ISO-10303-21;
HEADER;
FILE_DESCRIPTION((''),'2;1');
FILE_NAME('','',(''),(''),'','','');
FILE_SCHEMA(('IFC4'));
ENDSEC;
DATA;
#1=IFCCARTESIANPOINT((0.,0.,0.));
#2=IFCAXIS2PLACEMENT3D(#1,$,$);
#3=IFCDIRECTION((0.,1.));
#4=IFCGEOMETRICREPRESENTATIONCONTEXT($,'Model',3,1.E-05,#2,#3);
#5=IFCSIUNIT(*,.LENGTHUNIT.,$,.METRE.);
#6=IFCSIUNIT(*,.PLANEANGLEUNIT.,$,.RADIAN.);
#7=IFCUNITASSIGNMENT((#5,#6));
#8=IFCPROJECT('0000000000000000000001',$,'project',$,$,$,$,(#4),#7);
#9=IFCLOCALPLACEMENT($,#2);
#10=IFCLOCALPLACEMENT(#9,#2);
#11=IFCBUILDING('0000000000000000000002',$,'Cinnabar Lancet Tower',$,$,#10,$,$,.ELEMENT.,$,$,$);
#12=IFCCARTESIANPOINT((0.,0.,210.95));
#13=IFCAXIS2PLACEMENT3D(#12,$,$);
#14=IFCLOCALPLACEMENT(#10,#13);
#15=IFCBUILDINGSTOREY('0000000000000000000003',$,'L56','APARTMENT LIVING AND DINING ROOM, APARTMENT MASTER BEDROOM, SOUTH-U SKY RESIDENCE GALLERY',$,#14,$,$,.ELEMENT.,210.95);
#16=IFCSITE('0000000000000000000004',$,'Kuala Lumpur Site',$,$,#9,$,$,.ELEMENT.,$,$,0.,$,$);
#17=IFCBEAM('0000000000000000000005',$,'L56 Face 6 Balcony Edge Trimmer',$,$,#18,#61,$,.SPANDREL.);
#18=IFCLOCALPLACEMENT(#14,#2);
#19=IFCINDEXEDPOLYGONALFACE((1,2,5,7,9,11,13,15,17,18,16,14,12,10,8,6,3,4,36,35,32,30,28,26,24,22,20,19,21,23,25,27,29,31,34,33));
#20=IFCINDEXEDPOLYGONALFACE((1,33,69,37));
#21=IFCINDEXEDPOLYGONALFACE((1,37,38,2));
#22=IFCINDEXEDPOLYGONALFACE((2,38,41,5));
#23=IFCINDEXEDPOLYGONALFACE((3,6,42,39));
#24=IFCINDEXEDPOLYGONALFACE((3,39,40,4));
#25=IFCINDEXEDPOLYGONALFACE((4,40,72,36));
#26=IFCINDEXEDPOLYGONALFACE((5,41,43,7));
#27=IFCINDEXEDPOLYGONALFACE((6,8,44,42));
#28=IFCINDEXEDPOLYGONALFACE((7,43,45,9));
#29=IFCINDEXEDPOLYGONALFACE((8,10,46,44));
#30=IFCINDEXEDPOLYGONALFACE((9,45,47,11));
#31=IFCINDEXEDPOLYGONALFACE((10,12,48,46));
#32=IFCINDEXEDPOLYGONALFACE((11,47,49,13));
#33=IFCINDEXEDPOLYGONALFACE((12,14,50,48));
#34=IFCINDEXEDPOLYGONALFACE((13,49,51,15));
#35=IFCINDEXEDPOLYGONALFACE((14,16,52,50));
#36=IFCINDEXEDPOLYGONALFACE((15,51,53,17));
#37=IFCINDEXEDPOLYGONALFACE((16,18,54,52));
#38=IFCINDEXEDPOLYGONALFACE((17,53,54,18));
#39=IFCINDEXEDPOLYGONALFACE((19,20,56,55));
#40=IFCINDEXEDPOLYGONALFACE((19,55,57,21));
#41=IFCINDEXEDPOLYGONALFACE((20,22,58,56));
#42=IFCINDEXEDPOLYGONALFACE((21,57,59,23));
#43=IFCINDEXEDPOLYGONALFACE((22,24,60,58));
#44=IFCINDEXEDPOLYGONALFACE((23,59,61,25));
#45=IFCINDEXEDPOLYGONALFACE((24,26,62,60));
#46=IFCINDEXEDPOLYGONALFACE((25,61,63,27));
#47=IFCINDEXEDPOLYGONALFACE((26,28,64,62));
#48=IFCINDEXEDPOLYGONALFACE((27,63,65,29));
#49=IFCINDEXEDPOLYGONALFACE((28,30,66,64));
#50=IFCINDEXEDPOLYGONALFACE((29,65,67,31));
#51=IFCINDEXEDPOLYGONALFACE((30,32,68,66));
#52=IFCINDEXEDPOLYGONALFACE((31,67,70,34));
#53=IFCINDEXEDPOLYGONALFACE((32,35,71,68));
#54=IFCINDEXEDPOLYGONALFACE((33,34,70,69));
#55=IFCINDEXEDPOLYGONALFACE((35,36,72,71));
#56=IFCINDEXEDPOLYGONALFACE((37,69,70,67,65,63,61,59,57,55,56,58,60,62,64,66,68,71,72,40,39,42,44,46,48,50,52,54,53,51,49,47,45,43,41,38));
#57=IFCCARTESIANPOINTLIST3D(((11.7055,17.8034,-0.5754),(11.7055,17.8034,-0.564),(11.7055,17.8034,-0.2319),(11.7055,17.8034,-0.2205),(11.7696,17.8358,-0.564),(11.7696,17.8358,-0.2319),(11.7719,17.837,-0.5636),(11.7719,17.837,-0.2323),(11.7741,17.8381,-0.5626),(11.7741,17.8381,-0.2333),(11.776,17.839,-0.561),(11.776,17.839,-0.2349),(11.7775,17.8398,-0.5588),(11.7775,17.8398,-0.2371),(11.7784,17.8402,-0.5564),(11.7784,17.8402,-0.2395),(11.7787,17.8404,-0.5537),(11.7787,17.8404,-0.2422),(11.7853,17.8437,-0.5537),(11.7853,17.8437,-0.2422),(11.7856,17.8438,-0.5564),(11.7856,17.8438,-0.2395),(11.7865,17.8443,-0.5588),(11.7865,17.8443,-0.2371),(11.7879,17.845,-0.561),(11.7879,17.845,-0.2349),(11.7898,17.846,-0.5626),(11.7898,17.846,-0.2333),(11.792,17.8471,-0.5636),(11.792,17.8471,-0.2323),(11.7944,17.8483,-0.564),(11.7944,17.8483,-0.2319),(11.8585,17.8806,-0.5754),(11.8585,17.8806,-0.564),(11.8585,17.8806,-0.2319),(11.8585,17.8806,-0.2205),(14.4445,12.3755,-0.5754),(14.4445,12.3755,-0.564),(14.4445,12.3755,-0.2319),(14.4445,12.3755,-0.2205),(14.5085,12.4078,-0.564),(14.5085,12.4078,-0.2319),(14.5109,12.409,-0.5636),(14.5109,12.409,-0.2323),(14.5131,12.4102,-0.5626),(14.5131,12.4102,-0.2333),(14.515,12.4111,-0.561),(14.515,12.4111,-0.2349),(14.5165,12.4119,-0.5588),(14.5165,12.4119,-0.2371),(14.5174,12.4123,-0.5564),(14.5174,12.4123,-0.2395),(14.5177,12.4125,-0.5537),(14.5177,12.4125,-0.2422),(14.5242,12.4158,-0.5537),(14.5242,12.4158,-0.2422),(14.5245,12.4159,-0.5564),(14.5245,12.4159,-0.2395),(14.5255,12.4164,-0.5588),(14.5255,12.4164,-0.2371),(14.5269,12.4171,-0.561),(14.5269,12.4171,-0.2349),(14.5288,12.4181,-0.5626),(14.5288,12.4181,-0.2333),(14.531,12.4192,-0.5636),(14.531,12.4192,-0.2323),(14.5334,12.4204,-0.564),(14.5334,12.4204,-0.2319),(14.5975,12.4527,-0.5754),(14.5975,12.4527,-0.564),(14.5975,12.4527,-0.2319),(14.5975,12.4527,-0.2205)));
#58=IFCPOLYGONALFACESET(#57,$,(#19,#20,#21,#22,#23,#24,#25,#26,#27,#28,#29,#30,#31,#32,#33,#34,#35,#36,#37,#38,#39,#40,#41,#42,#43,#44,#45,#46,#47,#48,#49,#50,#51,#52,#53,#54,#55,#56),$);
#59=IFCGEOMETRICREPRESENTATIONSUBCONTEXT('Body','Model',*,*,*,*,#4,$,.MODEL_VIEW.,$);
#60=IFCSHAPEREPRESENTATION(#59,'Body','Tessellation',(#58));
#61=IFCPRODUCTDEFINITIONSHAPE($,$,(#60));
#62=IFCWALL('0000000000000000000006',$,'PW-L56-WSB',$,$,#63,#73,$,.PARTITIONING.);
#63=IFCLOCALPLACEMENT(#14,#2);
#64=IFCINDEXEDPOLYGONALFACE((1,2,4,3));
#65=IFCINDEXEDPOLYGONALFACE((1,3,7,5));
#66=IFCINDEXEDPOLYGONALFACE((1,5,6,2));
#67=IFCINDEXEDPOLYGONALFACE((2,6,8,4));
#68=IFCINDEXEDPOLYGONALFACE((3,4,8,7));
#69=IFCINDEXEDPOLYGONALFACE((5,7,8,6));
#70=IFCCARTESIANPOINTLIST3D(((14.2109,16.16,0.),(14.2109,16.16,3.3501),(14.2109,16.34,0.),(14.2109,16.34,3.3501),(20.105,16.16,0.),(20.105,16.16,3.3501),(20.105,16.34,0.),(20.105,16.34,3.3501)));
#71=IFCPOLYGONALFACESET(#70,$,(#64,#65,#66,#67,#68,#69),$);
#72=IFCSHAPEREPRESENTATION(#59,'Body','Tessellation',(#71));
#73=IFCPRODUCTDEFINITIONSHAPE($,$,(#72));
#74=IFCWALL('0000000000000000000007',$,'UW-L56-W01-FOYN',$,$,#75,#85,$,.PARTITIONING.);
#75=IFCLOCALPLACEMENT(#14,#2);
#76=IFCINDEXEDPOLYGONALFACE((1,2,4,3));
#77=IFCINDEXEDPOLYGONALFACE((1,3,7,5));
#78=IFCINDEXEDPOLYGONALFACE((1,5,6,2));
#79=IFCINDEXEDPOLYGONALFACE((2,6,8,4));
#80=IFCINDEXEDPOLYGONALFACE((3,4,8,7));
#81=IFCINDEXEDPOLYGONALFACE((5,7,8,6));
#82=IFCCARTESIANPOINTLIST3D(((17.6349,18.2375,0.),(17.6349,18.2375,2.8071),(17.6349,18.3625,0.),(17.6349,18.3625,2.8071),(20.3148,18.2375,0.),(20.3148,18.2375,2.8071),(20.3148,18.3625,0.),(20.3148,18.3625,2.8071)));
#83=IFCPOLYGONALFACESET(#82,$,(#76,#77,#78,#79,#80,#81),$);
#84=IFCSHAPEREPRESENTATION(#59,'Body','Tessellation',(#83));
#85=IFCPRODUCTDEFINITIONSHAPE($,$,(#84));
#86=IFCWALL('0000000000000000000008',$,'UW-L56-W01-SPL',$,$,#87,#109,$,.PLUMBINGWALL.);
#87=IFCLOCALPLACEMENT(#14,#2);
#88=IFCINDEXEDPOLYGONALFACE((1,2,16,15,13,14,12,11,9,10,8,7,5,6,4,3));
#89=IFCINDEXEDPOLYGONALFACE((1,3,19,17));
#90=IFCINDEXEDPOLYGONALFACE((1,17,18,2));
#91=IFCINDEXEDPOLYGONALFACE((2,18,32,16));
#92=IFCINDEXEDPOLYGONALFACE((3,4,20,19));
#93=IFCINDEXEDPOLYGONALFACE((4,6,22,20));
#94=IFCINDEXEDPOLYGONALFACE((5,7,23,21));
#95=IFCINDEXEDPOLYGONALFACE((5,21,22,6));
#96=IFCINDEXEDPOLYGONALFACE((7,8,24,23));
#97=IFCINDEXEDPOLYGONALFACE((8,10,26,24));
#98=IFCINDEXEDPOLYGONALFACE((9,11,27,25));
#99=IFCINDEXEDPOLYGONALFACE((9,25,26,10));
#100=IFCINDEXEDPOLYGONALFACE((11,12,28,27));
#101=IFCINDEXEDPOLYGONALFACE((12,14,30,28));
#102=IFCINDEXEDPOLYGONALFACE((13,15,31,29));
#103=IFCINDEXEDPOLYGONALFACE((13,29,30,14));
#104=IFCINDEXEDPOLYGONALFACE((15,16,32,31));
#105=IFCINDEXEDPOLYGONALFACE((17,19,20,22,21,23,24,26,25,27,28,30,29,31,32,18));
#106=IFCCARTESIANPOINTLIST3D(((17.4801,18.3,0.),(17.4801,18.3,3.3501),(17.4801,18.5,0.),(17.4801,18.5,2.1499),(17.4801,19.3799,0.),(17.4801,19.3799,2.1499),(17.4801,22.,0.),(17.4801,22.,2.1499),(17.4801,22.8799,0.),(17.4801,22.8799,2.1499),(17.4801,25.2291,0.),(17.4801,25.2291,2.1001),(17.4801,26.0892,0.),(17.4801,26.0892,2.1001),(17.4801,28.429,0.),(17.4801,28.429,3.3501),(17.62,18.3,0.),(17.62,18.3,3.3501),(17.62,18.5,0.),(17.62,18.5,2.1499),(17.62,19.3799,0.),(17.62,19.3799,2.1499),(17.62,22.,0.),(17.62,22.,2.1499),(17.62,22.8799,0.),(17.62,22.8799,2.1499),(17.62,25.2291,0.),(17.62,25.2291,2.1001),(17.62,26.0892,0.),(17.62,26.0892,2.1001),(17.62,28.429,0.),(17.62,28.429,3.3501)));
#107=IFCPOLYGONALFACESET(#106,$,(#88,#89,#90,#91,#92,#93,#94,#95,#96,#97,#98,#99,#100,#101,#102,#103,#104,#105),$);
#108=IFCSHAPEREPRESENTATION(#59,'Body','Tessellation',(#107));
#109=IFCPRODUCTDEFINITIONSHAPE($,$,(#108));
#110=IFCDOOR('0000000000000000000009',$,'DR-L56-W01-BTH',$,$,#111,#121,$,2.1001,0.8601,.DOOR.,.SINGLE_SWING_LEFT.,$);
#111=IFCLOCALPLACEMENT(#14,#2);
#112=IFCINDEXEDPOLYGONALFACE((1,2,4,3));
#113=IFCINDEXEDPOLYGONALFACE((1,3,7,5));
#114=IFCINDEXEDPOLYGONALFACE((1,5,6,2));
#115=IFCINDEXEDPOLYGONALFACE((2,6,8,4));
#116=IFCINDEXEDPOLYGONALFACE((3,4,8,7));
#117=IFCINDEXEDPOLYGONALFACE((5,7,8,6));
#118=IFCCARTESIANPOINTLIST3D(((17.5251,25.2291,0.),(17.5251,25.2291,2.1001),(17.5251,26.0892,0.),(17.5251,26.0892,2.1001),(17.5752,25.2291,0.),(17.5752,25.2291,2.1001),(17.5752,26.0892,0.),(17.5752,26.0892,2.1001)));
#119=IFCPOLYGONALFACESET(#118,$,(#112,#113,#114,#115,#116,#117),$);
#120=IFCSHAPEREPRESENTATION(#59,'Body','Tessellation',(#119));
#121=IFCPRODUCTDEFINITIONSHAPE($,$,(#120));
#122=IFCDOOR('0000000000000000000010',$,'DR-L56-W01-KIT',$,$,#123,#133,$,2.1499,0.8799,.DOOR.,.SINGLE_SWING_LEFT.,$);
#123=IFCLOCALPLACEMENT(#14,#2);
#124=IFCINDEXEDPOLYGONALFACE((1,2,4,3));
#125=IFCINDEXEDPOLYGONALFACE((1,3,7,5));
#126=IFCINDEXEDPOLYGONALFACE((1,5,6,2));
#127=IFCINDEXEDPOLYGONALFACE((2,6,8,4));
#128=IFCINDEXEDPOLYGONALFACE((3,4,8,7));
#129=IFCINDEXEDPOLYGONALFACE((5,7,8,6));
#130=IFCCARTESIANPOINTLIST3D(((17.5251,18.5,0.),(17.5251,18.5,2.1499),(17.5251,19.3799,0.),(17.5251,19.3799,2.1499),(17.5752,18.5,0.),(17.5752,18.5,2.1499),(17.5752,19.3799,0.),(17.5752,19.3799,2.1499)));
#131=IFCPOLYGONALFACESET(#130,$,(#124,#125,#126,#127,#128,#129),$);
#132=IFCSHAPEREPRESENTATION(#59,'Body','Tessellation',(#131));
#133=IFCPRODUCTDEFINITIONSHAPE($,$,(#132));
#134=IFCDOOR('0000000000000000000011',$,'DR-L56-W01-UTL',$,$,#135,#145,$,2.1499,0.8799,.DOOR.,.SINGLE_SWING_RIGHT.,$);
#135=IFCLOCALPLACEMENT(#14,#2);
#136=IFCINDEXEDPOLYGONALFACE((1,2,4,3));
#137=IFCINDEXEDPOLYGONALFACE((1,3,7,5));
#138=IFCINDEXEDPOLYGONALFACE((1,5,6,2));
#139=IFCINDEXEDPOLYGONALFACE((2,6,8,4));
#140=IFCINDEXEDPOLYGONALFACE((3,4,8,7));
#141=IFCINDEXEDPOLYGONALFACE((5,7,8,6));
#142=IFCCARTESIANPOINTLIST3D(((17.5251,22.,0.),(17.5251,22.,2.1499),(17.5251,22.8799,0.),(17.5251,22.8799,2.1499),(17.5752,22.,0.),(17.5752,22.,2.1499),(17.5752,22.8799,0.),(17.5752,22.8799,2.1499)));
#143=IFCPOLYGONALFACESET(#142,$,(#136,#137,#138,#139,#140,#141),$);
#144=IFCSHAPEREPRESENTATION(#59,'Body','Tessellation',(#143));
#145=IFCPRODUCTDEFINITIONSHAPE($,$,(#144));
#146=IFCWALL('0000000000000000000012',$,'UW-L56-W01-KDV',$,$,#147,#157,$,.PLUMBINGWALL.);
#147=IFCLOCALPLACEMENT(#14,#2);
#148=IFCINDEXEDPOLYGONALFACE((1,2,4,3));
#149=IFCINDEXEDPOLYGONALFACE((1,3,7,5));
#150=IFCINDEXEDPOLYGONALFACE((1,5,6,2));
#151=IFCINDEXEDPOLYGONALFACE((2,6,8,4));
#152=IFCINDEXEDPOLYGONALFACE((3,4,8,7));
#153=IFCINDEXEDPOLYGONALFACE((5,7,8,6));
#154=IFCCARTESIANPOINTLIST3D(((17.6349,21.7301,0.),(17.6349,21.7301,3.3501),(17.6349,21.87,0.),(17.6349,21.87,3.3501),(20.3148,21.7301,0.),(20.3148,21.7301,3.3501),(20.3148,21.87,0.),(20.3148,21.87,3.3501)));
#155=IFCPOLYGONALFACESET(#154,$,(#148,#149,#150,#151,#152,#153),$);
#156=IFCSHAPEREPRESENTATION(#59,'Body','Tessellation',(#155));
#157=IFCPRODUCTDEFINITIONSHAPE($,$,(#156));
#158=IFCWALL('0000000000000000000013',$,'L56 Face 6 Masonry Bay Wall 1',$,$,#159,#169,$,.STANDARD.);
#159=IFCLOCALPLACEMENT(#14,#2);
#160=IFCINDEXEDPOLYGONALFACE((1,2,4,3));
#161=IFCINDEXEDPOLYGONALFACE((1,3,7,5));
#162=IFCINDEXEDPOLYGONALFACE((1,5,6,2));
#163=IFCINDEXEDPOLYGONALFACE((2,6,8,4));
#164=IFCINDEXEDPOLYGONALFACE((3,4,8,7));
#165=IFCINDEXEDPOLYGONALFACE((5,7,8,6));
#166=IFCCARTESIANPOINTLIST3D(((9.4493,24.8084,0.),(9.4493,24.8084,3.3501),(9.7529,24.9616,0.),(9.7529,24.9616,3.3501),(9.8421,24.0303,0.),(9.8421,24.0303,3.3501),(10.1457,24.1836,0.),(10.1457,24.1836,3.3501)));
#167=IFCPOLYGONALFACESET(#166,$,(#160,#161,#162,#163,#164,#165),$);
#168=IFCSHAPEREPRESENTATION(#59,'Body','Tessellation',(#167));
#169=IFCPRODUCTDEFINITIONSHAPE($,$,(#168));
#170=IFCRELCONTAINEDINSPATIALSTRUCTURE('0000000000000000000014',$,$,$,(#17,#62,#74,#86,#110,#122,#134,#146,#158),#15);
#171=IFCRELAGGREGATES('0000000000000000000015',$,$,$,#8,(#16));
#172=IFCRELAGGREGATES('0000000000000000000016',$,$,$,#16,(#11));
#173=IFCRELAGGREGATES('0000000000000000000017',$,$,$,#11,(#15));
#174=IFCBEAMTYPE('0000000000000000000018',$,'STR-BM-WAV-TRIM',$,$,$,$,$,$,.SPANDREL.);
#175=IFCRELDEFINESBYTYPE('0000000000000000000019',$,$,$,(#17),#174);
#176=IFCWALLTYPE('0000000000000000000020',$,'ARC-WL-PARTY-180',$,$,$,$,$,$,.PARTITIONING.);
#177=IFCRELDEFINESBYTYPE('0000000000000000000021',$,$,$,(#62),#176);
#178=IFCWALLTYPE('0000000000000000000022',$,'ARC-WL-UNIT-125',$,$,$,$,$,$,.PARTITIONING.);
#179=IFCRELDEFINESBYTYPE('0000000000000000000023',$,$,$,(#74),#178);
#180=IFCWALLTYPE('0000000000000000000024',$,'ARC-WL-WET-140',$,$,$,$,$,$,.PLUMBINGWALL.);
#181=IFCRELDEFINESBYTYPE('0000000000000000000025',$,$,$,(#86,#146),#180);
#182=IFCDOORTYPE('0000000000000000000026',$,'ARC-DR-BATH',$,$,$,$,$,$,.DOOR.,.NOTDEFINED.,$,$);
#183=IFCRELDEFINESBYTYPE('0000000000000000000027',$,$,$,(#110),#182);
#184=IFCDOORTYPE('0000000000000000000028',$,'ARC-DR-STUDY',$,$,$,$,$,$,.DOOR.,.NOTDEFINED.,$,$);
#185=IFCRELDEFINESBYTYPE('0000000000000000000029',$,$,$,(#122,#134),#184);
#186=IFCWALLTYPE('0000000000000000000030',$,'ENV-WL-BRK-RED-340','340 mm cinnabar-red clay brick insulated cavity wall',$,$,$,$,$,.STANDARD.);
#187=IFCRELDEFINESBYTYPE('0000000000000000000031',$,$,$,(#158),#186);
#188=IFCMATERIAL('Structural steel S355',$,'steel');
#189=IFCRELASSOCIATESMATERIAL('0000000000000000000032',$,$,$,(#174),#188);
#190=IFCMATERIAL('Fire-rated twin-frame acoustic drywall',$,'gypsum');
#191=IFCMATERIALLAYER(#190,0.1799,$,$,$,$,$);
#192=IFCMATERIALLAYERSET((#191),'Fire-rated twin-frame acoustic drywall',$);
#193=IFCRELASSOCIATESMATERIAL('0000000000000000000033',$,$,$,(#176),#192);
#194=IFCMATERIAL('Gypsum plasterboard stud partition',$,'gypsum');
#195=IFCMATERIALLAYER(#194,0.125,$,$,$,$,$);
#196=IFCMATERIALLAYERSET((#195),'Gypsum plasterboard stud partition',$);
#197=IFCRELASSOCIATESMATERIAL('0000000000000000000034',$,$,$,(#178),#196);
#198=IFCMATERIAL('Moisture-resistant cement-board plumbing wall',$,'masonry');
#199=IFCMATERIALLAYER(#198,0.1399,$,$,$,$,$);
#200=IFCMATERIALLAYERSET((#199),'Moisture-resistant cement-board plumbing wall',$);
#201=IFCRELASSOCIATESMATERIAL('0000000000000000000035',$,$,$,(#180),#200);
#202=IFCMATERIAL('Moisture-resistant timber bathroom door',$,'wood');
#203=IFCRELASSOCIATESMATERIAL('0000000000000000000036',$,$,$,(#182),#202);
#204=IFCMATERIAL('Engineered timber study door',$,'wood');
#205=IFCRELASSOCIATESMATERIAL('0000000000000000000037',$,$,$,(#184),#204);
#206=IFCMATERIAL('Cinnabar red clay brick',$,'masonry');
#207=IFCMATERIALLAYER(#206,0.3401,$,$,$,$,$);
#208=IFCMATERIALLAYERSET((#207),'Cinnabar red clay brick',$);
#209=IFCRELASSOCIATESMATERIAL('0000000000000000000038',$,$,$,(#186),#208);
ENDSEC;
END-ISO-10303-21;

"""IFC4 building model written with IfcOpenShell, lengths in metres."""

from ifc_helpers import new_model, si_unit, direction, frame, frame_2d, origin, origin_2d, place, context, subcontext, project, spatial, rectangle, i_section, extrude, material, layer, layer_set, material_profile, profile_set, type_object, element, fill, save


model = new_model("IFC4")

# Units and contexts
model_context = context("Model", 3, precision=1e-05, world=origin(), true_north=direction((0.0, 1.0)))
body_context = subcontext(model_context, "Body", "Model", "MODEL_VIEW")
ifc_project = project(units=[si_unit("LENGTHUNIT", "METRE"), si_unit("PLANEANGLEUNIT", "RADIAN")], contexts=[model_context])

# Site, building, storey
site_placement = place(None, origin())
site = spatial("IfcSite", under=ifc_project, at=site_placement, Name="Kuala Lumpur Site", CompositionType="ELEMENT", RefElevation=0.0)
building_placement = place(site_placement, origin())
building = spatial("IfcBuilding", under=site, at=building_placement, Name="Cinnabar Lancet Tower", CompositionType="ELEMENT")
storey_placement = place(building_placement, frame((0.0, 0.0, 210.95)))
storey = spatial("IfcBuildingStorey", under=building, at=storey_placement, Name="L56", Description="APARTMENT LIVING AND DINING ROOM, APARTMENT MASTER BEDROOM, SOUTH-U SKY RESIDENCE GALLERY", CompositionType="ELEMENT", Elevation=210.95)

# Beam
ifc_material_1 = material(Name="Structural steel S355", Category="steel")
ifc_material_profile_1 = material_profile(ifc_material_1, i_section(OverallWidth=0.1714, OverallDepth=0.355, WebThickness=0.0073, FlangeThickness=0.0115, FilletRadius=0.0103, at=origin_2d()), Name="UKB 356x171x51")
ifc_profile_set_1 = profile_set([ifc_material_profile_1], Name="Structural steel S355")
beam_type_1 = type_object("IfcBeamType", Name="STR-BM-WAV-TRIM", PredefinedType="SPANDREL", material=ifc_profile_set_1)
beam_1_placement = place(storey_placement, frame((11.782, 17.842, -0.3979), z_axis=(0.450503, -0.892775, 0.0), x_axis=(0.892775, 0.450503, 0.0)))
element("IfcBeam", 1, at=beam_1_placement, inside=storey, type_object=beam_type_1, Name="L56 Face 6 Balcony Edge Trimmer", PredefinedType="SPANDREL", context=body_context, shape_type="SweptSolid", body=[
    extrude(i_section(OverallWidth=0.1714, OverallDepth=0.355, WebThickness=0.0073, FlangeThickness=0.0115, FilletRadius=0.0103, at=origin_2d()), origin(), (0.0, 0.0, 1.0), 6.0798),
])

# Walls
ifc_material_2 = material(Name="Fire-rated twin-frame acoustic drywall", Category="gypsum")
ifc_layer_1 = layer(ifc_material_2, 0.1799)
ifc_layer_set_1 = layer_set([ifc_layer_1], Name="Fire-rated twin-frame acoustic drywall")
wall_type_1 = type_object("IfcWallType", Name="ARC-WL-PARTY-180", PredefinedType="PARTITIONING", material=ifc_layer_set_1)
wall_1_placement = place(storey_placement, frame((14.2109, 16.25, 0.0), z_axis=(0.0, 0.0, 1.0), x_axis=(1.0, 0.0, 0.0)))
element("IfcWall", 2, at=wall_1_placement, inside=storey, type_object=wall_type_1, Name="PW-L56-WSB", PredefinedType="PARTITIONING", context=body_context, shape_type="SweptSolid", body=[
    extrude(rectangle(XDim=5.894, YDim=0.1799, at=frame_2d((2.947, 0.0))), origin(), (0.0, 0.0, 1.0), 3.3501),
])
ifc_material_3 = material(Name="Gypsum plasterboard stud partition", Category="gypsum")
ifc_layer_2 = layer(ifc_material_3, 0.125)
ifc_layer_set_2 = layer_set([ifc_layer_2], Name="Gypsum plasterboard stud partition")
wall_type_2 = type_object("IfcWallType", Name="ARC-WL-UNIT-125", PredefinedType="PARTITIONING", material=ifc_layer_set_2)
wall_2_placement = place(storey_placement, frame((17.635, 18.3, 0.0), z_axis=(0.0, 0.0, 1.0), x_axis=(1.0, 0.0, 0.0)))
element("IfcWall", 3, at=wall_2_placement, inside=storey, type_object=wall_type_2, Name="UW-L56-W01-FOYN", PredefinedType="PARTITIONING", context=body_context, shape_type="SweptSolid", body=[
    extrude(rectangle(XDim=2.6799, YDim=0.125, at=frame_2d((1.3398, 0.0))), origin(), (0.0, 0.0, 1.0), 2.8071),
])

# Wall, openings, doors
ifc_material_4 = material(Name="Moisture-resistant cement-board plumbing wall", Category="masonry")
ifc_layer_3 = layer(ifc_material_4, 0.1399)
ifc_layer_set_3 = layer_set([ifc_layer_3], Name="Moisture-resistant cement-board plumbing wall")
wall_type_3 = type_object("IfcWallType", Name="ARC-WL-WET-140", PredefinedType="PLUMBINGWALL", material=ifc_layer_set_3)
wall_3_placement = place(storey_placement, frame((17.55, 18.3, 0.0), z_axis=(0.0, 0.0, 1.0), x_axis=(0.0, 1.0, 0.0)))
wall_3 = element("IfcWall", 4, at=wall_3_placement, inside=storey, type_object=wall_type_3, Name="UW-L56-W01-SPL", PredefinedType="PLUMBINGWALL", context=body_context, shape_type="SweptSolid", body=[
    extrude(rectangle(XDim=10.1289, YDim=0.1399, at=frame_2d((5.0645, 0.0))), origin(), (0.0, 0.0, 1.0), 3.3501),
])
opening_1_placement = place(wall_3_placement, frame((0.2, 0.0, 0.0)))
opening_1 = element("IfcOpeningElement", 5, at=opening_1_placement, cuts=wall_3, PredefinedType="OPENING", context=body_context, shape_type="SweptSolid", body=[
    extrude(rectangle(XDim=0.8799, YDim=2.1499, at=frame_2d((0.4399, 1.075))), frame((0.0, 0.0798, 0.0), z_axis=(0.0, -1.0, 0.0), x_axis=(1.0, 0.0, 0.0)), (0.0, 0.0, 1.0), 0.1599),
])
opening_2_placement = place(wall_3_placement, frame((3.7, 0.0, 0.0)))
opening_2 = element("IfcOpeningElement", 6, at=opening_2_placement, cuts=wall_3, PredefinedType="OPENING", context=body_context, shape_type="SweptSolid", body=[
    extrude(rectangle(XDim=0.8799, YDim=2.1499, at=frame_2d((0.4399, 1.075))), frame((0.0, 0.0798, 0.0), z_axis=(0.0, -1.0, 0.0), x_axis=(1.0, 0.0, 0.0)), (0.0, 0.0, 1.0), 0.1599),
])
opening_3_placement = place(wall_3_placement, frame((6.929, 0.0, 0.0)))
opening_3 = element("IfcOpeningElement", 7, at=opening_3_placement, cuts=wall_3, PredefinedType="OPENING", context=body_context, shape_type="SweptSolid", body=[
    extrude(rectangle(XDim=0.8601, YDim=2.1001, at=frame_2d((0.4302, 1.05))), frame((0.0, 0.0798, 0.0), z_axis=(0.0, -1.0, 0.0), x_axis=(1.0, 0.0, 0.0)), (0.0, 0.0, 1.0), 0.1599),
])
ifc_material_5 = material(Name="Moisture-resistant timber bathroom door", Category="wood")
door_type_1 = type_object("IfcDoorType", Name="ARC-DR-BATH", OperationType="NOTDEFINED", PredefinedType="DOOR", material=ifc_material_5)
door_1_placement = place(opening_3_placement, origin())
door_1 = element("IfcDoor", 8, at=door_1_placement, inside=storey, type_object=door_type_1, Name="DR-L56-W01-BTH", OperationType="SINGLE_SWING_LEFT", OverallHeight=2.1001, OverallWidth=0.8601, PredefinedType="DOOR", context=body_context, shape_type="SweptSolid", body=[
    extrude(rectangle(XDim=0.8601, YDim=2.1001, at=frame_2d((0.4302, 1.05))), frame((0.0, 0.0249, 0.0), z_axis=(0.0, -1.0, 0.0), x_axis=(1.0, 0.0, 0.0)), (0.0, 0.0, 1.0), 0.05),
])
fill(opening_3, door_1)
ifc_material_6 = material(Name="Engineered timber study door", Category="wood")
door_type_2 = type_object("IfcDoorType", Name="ARC-DR-STUDY", OperationType="NOTDEFINED", PredefinedType="DOOR", material=ifc_material_6)
door_2_placement = place(opening_1_placement, origin())
door_2 = element("IfcDoor", 9, at=door_2_placement, inside=storey, type_object=door_type_2, Name="DR-L56-W01-KIT", OperationType="SINGLE_SWING_LEFT", OverallHeight=2.1499, OverallWidth=0.8799, PredefinedType="DOOR", context=body_context, shape_type="SweptSolid", body=[
    extrude(rectangle(XDim=0.8799, YDim=2.1499, at=frame_2d((0.4399, 1.075))), frame((0.0, 0.0249, 0.0), z_axis=(0.0, -1.0, 0.0), x_axis=(1.0, 0.0, 0.0)), (0.0, 0.0, 1.0), 0.05),
])
fill(opening_1, door_2)
door_3_placement = place(opening_2_placement, origin())
door_3 = element("IfcDoor", 10, at=door_3_placement, inside=storey, type_object=door_type_2, Name="DR-L56-W01-UTL", OperationType="SINGLE_SWING_RIGHT", OverallHeight=2.1499, OverallWidth=0.8799, PredefinedType="DOOR", context=body_context, shape_type="SweptSolid", body=[
    extrude(rectangle(XDim=0.8799, YDim=2.1499, at=frame_2d((0.4399, 1.075))), frame((0.0, 0.0249, 0.0), z_axis=(0.0, -1.0, 0.0), x_axis=(1.0, 0.0, 0.0)), (0.0, 0.0, 1.0), 0.05),
])
fill(opening_2, door_3)

# Walls
wall_4_placement = place(storey_placement, frame((17.635, 21.8, 0.0), z_axis=(0.0, 0.0, 1.0), x_axis=(1.0, 0.0, 0.0)))
element("IfcWall", 11, at=wall_4_placement, inside=storey, type_object=wall_type_3, Name="UW-L56-W01-KDV", PredefinedType="PLUMBINGWALL", context=body_context, shape_type="SweptSolid", body=[
    extrude(rectangle(XDim=2.6799, YDim=0.1399, at=frame_2d((1.3398, 0.0))), origin(), (0.0, 0.0, 1.0), 3.3501),
])
ifc_material_7 = material(Name="Cinnabar red clay brick", Category="masonry")
ifc_layer_4 = layer(ifc_material_7, 0.3401)
ifc_layer_set_4 = layer_set([ifc_layer_4], Name="Cinnabar red clay brick")
wall_type_4 = type_object("IfcWallType", Name="ENV-WL-BRK-RED-340", Description="340 mm cinnabar-red clay brick insulated cavity wall", PredefinedType="STANDARD", material=ifc_layer_set_4)
wall_5_placement = place(storey_placement, frame((9.6011, 24.885, 0.0), z_axis=(0.0, 0.0, 1.0), x_axis=(0.450683, -0.892684, 0.0)))
element("IfcWall", 12, at=wall_5_placement, inside=storey, type_object=wall_type_4, Name="L56 Face 6 Masonry Bay Wall 1", PredefinedType="STANDARD", context=body_context, shape_type="SweptSolid", body=[
    extrude(rectangle(XDim=0.8716, YDim=0.3401, at=frame_2d((0.4358, 0.0))), origin(), (0.0, 0.0, 1.0), 3.3501),
])

save(model, "model.ifc")
